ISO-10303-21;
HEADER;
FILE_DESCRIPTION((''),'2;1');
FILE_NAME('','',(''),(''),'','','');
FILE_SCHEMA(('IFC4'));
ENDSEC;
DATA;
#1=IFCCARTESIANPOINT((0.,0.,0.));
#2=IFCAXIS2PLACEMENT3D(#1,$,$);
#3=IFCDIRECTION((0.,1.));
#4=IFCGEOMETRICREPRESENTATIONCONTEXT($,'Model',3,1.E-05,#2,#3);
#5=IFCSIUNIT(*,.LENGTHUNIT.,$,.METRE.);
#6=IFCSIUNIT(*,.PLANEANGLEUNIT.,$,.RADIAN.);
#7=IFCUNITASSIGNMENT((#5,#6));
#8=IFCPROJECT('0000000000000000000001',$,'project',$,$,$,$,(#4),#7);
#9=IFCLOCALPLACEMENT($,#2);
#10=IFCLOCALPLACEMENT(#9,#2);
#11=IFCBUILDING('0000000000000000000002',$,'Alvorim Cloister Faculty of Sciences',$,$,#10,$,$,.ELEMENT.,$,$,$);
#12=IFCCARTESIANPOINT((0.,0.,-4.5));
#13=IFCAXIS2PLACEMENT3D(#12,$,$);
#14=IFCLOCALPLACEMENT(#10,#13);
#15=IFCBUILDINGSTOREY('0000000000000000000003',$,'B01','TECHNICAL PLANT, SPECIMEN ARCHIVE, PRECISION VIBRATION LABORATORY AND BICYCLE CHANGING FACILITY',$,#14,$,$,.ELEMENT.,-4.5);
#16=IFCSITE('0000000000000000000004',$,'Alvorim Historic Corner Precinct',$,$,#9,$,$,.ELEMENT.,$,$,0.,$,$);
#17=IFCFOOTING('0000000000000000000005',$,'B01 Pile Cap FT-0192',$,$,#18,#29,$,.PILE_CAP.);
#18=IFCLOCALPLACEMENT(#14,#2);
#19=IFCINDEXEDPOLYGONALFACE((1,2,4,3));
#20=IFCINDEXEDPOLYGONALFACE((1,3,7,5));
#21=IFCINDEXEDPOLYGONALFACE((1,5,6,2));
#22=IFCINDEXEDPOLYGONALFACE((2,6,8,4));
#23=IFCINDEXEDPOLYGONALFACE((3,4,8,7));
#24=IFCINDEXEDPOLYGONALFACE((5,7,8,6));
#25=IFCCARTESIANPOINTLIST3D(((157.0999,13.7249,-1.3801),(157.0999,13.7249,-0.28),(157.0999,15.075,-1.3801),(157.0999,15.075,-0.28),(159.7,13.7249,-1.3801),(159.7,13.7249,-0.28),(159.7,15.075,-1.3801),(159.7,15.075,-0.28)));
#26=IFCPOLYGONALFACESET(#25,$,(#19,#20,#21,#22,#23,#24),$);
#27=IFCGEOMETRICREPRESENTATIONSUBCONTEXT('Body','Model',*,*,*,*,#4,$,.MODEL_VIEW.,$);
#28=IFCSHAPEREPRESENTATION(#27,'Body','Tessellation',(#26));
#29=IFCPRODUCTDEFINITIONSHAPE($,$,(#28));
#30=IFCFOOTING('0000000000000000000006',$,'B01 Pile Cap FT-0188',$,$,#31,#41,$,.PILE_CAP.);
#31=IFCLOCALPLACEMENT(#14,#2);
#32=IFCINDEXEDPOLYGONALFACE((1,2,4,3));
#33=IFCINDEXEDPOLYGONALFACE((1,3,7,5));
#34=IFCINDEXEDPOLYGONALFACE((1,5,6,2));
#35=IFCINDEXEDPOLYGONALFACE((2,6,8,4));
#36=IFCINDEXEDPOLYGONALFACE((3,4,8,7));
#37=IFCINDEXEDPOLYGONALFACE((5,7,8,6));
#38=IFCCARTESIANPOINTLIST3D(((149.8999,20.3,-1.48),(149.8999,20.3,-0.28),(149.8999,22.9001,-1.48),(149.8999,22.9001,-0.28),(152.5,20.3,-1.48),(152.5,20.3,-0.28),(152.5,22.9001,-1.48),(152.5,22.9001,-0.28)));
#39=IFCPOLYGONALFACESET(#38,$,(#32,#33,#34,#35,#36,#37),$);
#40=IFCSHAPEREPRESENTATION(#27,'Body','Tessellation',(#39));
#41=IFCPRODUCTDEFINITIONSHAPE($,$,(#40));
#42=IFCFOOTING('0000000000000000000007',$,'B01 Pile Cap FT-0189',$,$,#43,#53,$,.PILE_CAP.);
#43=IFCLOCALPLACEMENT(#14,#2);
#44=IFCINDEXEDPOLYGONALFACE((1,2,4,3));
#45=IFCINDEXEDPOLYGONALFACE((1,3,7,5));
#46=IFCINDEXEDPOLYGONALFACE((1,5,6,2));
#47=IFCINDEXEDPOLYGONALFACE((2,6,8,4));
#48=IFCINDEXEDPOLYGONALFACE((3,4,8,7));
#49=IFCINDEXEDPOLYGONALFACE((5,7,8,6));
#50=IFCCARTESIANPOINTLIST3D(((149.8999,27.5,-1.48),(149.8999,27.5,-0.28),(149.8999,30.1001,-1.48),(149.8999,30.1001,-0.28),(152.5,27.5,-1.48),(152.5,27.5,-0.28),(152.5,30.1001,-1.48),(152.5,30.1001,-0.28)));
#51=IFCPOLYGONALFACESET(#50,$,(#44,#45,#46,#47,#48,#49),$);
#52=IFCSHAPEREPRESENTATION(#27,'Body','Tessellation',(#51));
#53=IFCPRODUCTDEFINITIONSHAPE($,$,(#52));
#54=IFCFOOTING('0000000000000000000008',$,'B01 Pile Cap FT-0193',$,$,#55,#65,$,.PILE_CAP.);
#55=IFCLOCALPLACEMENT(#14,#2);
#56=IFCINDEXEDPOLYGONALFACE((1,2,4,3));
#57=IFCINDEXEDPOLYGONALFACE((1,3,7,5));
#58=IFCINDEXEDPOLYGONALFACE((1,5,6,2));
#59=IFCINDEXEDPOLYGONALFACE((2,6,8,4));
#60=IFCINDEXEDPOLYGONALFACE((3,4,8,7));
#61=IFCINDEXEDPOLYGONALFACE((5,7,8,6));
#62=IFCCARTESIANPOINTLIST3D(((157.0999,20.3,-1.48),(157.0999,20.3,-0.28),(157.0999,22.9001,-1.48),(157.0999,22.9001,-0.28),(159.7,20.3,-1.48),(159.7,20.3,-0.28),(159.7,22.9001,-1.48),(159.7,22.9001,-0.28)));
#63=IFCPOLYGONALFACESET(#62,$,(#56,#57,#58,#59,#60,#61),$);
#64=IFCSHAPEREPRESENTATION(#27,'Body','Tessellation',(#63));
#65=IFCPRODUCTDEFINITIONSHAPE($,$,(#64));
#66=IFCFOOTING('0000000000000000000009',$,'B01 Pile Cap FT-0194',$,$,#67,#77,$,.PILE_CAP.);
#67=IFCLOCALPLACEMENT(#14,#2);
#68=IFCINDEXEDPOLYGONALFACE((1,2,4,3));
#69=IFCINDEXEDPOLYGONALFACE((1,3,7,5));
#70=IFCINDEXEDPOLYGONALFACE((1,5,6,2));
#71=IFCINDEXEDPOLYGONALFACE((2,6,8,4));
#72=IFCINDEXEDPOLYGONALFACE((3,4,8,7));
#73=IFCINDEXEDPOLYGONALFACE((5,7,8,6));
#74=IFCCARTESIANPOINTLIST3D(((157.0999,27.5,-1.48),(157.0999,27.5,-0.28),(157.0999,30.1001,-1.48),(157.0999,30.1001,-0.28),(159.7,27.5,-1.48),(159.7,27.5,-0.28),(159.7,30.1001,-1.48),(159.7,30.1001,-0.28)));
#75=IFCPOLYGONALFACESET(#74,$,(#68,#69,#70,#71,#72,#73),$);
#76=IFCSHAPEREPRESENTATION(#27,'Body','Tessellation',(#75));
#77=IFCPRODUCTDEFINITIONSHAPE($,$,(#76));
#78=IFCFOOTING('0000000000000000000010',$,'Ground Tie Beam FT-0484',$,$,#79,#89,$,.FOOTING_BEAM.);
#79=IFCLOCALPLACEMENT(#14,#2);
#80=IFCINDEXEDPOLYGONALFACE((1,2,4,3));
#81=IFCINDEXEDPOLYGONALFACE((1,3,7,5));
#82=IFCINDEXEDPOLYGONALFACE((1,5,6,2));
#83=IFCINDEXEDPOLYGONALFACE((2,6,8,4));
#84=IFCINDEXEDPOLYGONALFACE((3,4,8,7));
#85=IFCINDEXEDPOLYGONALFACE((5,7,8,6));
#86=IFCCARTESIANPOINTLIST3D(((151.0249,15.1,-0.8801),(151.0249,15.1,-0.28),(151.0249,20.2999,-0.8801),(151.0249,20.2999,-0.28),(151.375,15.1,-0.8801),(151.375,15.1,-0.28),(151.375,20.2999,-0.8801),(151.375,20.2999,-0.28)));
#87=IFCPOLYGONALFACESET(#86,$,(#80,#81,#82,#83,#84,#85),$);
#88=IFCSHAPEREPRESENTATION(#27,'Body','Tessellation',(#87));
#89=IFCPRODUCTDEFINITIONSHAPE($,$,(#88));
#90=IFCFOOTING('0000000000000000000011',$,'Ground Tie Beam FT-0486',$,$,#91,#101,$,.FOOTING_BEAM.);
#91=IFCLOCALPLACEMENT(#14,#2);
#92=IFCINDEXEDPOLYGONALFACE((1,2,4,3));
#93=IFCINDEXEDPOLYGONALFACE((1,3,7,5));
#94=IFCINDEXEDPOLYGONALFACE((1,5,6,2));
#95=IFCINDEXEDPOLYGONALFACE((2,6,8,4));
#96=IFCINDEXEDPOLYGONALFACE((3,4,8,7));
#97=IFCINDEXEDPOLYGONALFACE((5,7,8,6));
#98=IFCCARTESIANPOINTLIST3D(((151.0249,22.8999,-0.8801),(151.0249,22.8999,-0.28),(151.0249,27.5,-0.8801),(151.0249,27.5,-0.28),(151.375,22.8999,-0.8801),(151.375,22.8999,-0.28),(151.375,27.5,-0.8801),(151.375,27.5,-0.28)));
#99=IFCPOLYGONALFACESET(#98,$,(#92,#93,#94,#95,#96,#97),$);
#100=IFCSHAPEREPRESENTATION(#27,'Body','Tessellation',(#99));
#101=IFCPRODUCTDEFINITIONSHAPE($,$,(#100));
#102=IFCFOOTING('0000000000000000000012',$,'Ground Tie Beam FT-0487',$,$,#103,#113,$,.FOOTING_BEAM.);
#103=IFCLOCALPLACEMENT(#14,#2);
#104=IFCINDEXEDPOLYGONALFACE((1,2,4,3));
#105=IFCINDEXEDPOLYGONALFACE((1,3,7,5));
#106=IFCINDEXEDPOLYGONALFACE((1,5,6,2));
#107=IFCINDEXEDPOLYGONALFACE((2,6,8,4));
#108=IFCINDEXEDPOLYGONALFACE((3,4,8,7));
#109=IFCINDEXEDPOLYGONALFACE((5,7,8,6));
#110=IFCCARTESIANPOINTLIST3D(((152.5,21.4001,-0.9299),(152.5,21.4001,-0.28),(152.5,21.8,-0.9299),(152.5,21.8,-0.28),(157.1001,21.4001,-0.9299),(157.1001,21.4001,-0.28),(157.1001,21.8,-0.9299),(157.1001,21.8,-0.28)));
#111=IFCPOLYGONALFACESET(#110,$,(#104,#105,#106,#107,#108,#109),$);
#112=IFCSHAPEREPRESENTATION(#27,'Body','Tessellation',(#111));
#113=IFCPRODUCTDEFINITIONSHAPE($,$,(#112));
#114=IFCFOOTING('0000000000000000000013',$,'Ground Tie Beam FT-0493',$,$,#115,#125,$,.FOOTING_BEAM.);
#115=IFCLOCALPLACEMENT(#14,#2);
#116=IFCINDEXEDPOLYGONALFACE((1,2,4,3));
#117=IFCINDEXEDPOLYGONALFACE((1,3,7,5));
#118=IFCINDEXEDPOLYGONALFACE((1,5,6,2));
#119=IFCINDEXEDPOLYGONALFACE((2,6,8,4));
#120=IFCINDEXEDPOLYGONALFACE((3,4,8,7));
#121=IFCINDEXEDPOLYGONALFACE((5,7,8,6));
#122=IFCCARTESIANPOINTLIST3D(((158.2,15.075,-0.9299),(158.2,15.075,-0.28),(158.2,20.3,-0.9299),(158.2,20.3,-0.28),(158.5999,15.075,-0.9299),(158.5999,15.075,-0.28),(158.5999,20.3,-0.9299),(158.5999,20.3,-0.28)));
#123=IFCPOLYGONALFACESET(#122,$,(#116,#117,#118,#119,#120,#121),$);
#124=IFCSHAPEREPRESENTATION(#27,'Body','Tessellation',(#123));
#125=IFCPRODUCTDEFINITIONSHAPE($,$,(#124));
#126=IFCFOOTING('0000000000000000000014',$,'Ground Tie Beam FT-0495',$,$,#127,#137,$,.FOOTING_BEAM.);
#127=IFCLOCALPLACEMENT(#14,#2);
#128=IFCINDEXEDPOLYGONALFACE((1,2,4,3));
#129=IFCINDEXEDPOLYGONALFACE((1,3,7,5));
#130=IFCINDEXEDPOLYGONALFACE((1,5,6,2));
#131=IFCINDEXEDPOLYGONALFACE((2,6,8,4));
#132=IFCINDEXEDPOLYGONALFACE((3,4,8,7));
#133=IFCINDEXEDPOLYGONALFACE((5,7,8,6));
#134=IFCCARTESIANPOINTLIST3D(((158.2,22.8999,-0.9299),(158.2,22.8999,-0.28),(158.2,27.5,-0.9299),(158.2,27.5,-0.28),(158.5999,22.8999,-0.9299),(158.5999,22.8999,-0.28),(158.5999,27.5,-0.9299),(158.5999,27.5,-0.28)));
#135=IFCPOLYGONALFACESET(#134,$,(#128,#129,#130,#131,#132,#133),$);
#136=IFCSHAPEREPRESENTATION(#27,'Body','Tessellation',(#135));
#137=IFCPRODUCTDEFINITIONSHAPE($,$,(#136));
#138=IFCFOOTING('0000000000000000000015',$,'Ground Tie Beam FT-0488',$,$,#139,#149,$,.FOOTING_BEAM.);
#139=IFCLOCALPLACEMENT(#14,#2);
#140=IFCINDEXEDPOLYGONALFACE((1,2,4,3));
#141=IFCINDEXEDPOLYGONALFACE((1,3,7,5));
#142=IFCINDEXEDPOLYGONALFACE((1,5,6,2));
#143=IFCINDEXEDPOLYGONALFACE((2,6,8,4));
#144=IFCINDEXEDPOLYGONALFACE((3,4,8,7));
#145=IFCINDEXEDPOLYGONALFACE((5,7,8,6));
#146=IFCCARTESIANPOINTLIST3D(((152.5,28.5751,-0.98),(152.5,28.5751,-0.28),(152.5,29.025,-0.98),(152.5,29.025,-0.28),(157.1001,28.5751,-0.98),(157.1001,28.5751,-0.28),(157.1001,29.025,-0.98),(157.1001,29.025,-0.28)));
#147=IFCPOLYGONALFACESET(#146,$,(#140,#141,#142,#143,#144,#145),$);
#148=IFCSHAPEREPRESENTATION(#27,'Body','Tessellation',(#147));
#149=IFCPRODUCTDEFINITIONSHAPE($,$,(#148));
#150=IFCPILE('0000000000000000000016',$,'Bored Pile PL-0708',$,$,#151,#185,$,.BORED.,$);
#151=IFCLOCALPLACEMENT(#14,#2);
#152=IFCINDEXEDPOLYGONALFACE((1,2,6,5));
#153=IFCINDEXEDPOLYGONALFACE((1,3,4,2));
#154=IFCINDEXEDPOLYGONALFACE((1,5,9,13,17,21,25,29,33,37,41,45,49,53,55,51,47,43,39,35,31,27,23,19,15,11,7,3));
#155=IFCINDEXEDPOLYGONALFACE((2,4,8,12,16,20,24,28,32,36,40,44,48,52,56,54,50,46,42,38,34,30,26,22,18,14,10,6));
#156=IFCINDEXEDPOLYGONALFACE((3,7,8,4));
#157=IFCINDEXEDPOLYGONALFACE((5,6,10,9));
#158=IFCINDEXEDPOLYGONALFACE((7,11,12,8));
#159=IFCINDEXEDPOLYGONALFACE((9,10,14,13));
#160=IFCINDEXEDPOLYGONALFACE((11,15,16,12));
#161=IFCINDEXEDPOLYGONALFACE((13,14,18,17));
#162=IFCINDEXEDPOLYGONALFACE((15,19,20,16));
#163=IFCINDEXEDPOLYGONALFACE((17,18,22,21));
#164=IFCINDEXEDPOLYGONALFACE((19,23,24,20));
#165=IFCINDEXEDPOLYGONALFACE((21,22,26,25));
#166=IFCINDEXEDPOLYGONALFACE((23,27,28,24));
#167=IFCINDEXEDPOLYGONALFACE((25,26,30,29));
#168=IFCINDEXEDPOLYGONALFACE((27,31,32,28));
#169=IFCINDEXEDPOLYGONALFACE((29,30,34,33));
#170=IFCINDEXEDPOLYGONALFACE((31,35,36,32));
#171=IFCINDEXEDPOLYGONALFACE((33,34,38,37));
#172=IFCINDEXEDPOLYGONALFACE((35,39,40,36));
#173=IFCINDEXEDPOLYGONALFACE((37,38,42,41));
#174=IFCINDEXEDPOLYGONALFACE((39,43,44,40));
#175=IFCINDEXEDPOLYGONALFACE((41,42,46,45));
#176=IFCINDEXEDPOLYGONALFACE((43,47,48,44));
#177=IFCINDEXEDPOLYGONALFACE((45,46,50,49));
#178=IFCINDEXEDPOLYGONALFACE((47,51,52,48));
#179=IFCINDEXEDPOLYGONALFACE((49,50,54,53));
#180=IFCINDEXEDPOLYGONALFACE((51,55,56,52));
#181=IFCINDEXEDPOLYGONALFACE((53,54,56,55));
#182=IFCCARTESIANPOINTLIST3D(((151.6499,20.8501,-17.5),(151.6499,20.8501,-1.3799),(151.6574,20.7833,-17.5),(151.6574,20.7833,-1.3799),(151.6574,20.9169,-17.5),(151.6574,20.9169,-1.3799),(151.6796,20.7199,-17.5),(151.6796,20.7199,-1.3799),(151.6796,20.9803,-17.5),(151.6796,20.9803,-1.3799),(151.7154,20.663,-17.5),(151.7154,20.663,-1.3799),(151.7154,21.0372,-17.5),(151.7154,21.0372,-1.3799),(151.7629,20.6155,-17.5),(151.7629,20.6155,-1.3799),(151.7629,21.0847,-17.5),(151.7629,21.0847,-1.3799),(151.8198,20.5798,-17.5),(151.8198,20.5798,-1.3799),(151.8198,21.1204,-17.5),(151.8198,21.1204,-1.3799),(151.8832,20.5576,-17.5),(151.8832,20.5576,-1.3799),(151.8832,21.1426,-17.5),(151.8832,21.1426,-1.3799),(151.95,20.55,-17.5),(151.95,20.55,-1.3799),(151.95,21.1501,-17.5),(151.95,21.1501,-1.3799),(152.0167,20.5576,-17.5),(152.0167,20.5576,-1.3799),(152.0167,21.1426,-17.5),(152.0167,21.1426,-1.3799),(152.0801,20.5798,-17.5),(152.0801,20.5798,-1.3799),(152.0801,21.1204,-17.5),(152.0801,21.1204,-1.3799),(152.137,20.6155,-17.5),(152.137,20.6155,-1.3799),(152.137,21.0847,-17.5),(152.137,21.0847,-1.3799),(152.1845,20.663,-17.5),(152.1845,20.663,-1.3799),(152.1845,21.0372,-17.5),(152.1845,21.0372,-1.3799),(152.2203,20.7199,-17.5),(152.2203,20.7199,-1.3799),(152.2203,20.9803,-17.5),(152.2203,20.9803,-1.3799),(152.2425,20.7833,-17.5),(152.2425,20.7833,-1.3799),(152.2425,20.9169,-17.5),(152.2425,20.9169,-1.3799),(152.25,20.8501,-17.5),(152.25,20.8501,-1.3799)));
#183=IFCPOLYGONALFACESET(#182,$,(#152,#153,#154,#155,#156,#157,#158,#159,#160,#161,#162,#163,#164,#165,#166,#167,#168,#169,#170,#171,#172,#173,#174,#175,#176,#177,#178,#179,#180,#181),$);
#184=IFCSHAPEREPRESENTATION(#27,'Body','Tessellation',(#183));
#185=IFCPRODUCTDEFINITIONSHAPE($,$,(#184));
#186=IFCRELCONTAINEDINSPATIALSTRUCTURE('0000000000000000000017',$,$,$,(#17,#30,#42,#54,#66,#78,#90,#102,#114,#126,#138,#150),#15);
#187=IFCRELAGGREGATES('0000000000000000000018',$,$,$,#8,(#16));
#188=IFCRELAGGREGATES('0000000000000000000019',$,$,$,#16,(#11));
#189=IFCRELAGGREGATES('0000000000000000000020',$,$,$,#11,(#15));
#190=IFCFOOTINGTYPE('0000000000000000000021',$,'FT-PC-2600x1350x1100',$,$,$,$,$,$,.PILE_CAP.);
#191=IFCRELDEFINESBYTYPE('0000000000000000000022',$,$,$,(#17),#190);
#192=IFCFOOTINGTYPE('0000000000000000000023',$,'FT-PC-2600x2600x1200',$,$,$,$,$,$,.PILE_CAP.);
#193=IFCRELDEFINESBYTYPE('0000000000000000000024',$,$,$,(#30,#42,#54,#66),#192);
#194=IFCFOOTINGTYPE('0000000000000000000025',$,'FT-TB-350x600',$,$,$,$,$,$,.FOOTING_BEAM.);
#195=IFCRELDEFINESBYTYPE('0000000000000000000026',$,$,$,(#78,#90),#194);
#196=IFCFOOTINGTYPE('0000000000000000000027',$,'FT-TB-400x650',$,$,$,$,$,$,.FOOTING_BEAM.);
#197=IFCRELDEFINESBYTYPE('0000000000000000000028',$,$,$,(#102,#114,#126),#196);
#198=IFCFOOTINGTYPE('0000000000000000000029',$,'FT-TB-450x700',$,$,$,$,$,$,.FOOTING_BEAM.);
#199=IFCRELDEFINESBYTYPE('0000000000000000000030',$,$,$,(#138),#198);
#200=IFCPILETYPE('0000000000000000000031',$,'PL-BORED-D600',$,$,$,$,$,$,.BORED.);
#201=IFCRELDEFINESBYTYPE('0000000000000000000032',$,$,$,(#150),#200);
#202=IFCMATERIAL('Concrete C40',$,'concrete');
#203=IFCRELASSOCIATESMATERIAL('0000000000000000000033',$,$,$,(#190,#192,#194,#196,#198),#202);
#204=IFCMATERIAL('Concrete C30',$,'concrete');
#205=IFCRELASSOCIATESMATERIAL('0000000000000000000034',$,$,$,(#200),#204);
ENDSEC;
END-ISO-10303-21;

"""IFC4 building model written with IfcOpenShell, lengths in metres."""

from ifc_helpers import new_model, si_unit, direction, frame, origin, origin_2d, place, context, subcontext, project, spatial, rectangle, circle, extrude, material, material_profile, profile_set, type_object, element, save


model = new_model("IFC4")

# Units and contexts
model_context = context("Model", 3, precision=1e-05, world=origin(), true_north=direction((0.0, 1.0)))
body_context = subcontext(model_context, "Body", "Model", "MODEL_VIEW")
ifc_project = project(units=[si_unit("LENGTHUNIT", "METRE"), si_unit("PLANEANGLEUNIT", "RADIAN")], contexts=[model_context])

# Site, building, storey
site_placement = place(None, origin())
site = spatial("IfcSite", under=ifc_project, at=site_placement, Name="Alvorim Historic Corner Precinct", CompositionType="ELEMENT", RefElevation=0.0)
building_placement = place(site_placement, origin())
building = spatial("IfcBuilding", under=site, at=building_placement, Name="Alvorim Cloister Faculty of Sciences", CompositionType="ELEMENT")
storey_placement = place(building_placement, frame((0.0, 0.0, -4.5)))
storey = spatial("IfcBuildingStorey", under=building, at=storey_placement, Name="B01", Description="TECHNICAL PLANT, SPECIMEN ARCHIVE, PRECISION VIBRATION LABORATORY AND BICYCLE CHANGING FACILITY", CompositionType="ELEMENT", Elevation=-4.5)

# Footings
ifc_material_1 = material(Name="Concrete C40", Category="concrete")
footing_type_1 = type_object("IfcFootingType", Name="FT-PC-2600x1350x1100", PredefinedType="PILE_CAP", material=ifc_material_1)
footing_1_placement = place(storey_placement, frame((158.3999, 14.3999, -1.3801), z_axis=(0.0, 0.0, 1.0), x_axis=(1.0, 0.0, 0.0)))
element("IfcFooting", 1, at=footing_1_placement, inside=storey, type_object=footing_type_1, Name="B01 Pile Cap FT-0192", PredefinedType="PILE_CAP", context=body_context, shape_type="SweptSolid", body=[
    extrude(rectangle(XDim=2.6001, YDim=1.3501, at=origin_2d()), origin(), (0.0, 0.0, 1.0), 1.1001),
])
footing_type_2 = type_object("IfcFootingType", Name="FT-PC-2600x2600x1200", PredefinedType="PILE_CAP", material=ifc_material_1)
for number, where, z_axis, x_axis, name in (
    (2, (151.2, 21.6001, -1.48), (0.0, 0.0, 1.0), (1.0, 0.0, 0.0), "B01 Pile Cap FT-0188"),
    (3, (151.2, 28.8, -1.48), (0.0, 0.0, 1.0), (1.0, 0.0, 0.0), "B01 Pile Cap FT-0189"),
    (4, (158.3999, 21.6001, -1.48), (0.0, 0.0, 1.0), (1.0, 0.0, 0.0), "B01 Pile Cap FT-0193"),
    (5, (158.3999, 28.8, -1.48), (0.0, 0.0, 1.0), (1.0, 0.0, 0.0), "B01 Pile Cap FT-0194"),
):
    element("IfcFooting", number, at=place(storey_placement, frame(where, z_axis=z_axis, x_axis=x_axis)), inside=storey, type_object=footing_type_2, Name=name, PredefinedType="PILE_CAP", context=body_context, shape_type="SweptSolid", body=[
        extrude(rectangle(XDim=2.6001, YDim=2.6001, at=origin_2d()), origin(), (0.0, 0.0, 1.0), 1.2),
    ])
footing_type_3 = type_object("IfcFootingType", Name="FT-TB-350x600", PredefinedType="FOOTING_BEAM", material=ifc_material_1)
footing_2_placement = place(storey_placement, frame((151.2, 17.7, -0.8801), z_axis=(0.0, 0.0, 1.0), x_axis=(1.0, 0.0, 0.0)))
element("IfcFooting", 6, at=footing_2_placement, inside=storey, type_object=footing_type_3, Name="Ground Tie Beam FT-0484", PredefinedType="FOOTING_BEAM", context=body_context, shape_type="SweptSolid", body=[
    extrude(rectangle(XDim=0.3501, YDim=5.2, at=origin_2d()), origin(), (0.0, 0.0, 1.0), 0.6001),
])
footing_3_placement = place(storey_placement, frame((151.2, 25.2, -0.8801), z_axis=(0.0, 0.0, 1.0), x_axis=(1.0, 0.0, 0.0)))
element("IfcFooting", 7, at=footing_3_placement, inside=storey, type_object=footing_type_3, Name="Ground Tie Beam FT-0486", PredefinedType="FOOTING_BEAM", context=body_context, shape_type="SweptSolid", body=[
    extrude(rectangle(XDim=0.3501, YDim=4.6001, at=origin_2d()), origin(), (0.0, 0.0, 1.0), 0.6001),
])
footing_type_4 = type_object("IfcFootingType", Name="FT-TB-400x650", PredefinedType="FOOTING_BEAM", material=ifc_material_1)
footing_4_placement = place(storey_placement, frame((154.8, 21.6001, -0.9299), z_axis=(0.0, 0.0, 1.0), x_axis=(1.0, 0.0, 0.0)))
element("IfcFooting", 8, at=footing_4_placement, inside=storey, type_object=footing_type_4, Name="Ground Tie Beam FT-0487", PredefinedType="FOOTING_BEAM", context=body_context, shape_type="SweptSolid", body=[
    extrude(rectangle(XDim=4.6001, YDim=0.3999, at=origin_2d()), origin(), (0.0, 0.0, 1.0), 0.6499),
])
footing_5_placement = place(storey_placement, frame((158.3999, 17.6875, -0.9299), z_axis=(0.0, 0.0, 1.0), x_axis=(1.0, 0.0, 0.0)))
element("IfcFooting", 9, at=footing_5_placement, inside=storey, type_object=footing_type_4, Name="Ground Tie Beam FT-0493", PredefinedType="FOOTING_BEAM", context=body_context, shape_type="SweptSolid", body=[
    extrude(rectangle(XDim=0.3999, YDim=5.2251, at=origin_2d()), origin(), (0.0, 0.0, 1.0), 0.6499),
])
footing_6_placement = place(storey_placement, frame((158.3999, 25.2, -0.9299), z_axis=(0.0, 0.0, 1.0), x_axis=(1.0, 0.0, 0.0)))
element("IfcFooting", 10, at=footing_6_placement, inside=storey, type_object=footing_type_4, Name="Ground Tie Beam FT-0495", PredefinedType="FOOTING_BEAM", context=body_context, shape_type="SweptSolid", body=[
    extrude(rectangle(XDim=0.3999, YDim=4.6001, at=origin_2d()), origin(), (0.0, 0.0, 1.0), 0.6499),
])
footing_type_5 = type_object("IfcFootingType", Name="FT-TB-450x700", PredefinedType="FOOTING_BEAM", material=ifc_material_1)
footing_7_placement = place(storey_placement, frame((154.8, 28.8, -0.98), z_axis=(0.0, 0.0, 1.0), x_axis=(1.0, 0.0, 0.0)))
element("IfcFooting", 11, at=footing_7_placement, inside=storey, type_object=footing_type_5, Name="Ground Tie Beam FT-0488", PredefinedType="FOOTING_BEAM", context=body_context, shape_type="SweptSolid", body=[
    extrude(rectangle(XDim=4.6001, YDim=0.45, at=origin_2d()), origin(), (0.0, 0.0, 1.0), 0.7),
])

# Pile
ifc_material_2 = material(Name="Concrete C30", Category="concrete")
ifc_material_profile_1 = material_profile(ifc_material_2, circle(Radius=0.3, at=origin_2d()), Name="PILE-D600")
ifc_profile_set_1 = profile_set([ifc_material_profile_1], Name="Concrete C30")
pile_type = type_object("IfcPileType", Name="PL-BORED-D600", PredefinedType="BORED", material=ifc_profile_set_1)
for number, where, z_axis, x_axis, name in (
    (12, (151.95, 20.8501, -1.3799), (0.0, 0.0, -1.0), (1.0, 0.0, 0.0), "Bored Pile PL-0708"),
):
    element("IfcPile", number, at=place(storey_placement, frame(where, z_axis=z_axis, x_axis=x_axis)), inside=storey, type_object=pile_type, Name=name, PredefinedType="BORED", context=body_context, shape_type="SweptSolid", body=[
        extrude(circle(Radius=0.3, at=origin_2d()), origin(), (0.0, 0.0, 1.0), 16.1201),
    ])

save(model, "model.ifc")
